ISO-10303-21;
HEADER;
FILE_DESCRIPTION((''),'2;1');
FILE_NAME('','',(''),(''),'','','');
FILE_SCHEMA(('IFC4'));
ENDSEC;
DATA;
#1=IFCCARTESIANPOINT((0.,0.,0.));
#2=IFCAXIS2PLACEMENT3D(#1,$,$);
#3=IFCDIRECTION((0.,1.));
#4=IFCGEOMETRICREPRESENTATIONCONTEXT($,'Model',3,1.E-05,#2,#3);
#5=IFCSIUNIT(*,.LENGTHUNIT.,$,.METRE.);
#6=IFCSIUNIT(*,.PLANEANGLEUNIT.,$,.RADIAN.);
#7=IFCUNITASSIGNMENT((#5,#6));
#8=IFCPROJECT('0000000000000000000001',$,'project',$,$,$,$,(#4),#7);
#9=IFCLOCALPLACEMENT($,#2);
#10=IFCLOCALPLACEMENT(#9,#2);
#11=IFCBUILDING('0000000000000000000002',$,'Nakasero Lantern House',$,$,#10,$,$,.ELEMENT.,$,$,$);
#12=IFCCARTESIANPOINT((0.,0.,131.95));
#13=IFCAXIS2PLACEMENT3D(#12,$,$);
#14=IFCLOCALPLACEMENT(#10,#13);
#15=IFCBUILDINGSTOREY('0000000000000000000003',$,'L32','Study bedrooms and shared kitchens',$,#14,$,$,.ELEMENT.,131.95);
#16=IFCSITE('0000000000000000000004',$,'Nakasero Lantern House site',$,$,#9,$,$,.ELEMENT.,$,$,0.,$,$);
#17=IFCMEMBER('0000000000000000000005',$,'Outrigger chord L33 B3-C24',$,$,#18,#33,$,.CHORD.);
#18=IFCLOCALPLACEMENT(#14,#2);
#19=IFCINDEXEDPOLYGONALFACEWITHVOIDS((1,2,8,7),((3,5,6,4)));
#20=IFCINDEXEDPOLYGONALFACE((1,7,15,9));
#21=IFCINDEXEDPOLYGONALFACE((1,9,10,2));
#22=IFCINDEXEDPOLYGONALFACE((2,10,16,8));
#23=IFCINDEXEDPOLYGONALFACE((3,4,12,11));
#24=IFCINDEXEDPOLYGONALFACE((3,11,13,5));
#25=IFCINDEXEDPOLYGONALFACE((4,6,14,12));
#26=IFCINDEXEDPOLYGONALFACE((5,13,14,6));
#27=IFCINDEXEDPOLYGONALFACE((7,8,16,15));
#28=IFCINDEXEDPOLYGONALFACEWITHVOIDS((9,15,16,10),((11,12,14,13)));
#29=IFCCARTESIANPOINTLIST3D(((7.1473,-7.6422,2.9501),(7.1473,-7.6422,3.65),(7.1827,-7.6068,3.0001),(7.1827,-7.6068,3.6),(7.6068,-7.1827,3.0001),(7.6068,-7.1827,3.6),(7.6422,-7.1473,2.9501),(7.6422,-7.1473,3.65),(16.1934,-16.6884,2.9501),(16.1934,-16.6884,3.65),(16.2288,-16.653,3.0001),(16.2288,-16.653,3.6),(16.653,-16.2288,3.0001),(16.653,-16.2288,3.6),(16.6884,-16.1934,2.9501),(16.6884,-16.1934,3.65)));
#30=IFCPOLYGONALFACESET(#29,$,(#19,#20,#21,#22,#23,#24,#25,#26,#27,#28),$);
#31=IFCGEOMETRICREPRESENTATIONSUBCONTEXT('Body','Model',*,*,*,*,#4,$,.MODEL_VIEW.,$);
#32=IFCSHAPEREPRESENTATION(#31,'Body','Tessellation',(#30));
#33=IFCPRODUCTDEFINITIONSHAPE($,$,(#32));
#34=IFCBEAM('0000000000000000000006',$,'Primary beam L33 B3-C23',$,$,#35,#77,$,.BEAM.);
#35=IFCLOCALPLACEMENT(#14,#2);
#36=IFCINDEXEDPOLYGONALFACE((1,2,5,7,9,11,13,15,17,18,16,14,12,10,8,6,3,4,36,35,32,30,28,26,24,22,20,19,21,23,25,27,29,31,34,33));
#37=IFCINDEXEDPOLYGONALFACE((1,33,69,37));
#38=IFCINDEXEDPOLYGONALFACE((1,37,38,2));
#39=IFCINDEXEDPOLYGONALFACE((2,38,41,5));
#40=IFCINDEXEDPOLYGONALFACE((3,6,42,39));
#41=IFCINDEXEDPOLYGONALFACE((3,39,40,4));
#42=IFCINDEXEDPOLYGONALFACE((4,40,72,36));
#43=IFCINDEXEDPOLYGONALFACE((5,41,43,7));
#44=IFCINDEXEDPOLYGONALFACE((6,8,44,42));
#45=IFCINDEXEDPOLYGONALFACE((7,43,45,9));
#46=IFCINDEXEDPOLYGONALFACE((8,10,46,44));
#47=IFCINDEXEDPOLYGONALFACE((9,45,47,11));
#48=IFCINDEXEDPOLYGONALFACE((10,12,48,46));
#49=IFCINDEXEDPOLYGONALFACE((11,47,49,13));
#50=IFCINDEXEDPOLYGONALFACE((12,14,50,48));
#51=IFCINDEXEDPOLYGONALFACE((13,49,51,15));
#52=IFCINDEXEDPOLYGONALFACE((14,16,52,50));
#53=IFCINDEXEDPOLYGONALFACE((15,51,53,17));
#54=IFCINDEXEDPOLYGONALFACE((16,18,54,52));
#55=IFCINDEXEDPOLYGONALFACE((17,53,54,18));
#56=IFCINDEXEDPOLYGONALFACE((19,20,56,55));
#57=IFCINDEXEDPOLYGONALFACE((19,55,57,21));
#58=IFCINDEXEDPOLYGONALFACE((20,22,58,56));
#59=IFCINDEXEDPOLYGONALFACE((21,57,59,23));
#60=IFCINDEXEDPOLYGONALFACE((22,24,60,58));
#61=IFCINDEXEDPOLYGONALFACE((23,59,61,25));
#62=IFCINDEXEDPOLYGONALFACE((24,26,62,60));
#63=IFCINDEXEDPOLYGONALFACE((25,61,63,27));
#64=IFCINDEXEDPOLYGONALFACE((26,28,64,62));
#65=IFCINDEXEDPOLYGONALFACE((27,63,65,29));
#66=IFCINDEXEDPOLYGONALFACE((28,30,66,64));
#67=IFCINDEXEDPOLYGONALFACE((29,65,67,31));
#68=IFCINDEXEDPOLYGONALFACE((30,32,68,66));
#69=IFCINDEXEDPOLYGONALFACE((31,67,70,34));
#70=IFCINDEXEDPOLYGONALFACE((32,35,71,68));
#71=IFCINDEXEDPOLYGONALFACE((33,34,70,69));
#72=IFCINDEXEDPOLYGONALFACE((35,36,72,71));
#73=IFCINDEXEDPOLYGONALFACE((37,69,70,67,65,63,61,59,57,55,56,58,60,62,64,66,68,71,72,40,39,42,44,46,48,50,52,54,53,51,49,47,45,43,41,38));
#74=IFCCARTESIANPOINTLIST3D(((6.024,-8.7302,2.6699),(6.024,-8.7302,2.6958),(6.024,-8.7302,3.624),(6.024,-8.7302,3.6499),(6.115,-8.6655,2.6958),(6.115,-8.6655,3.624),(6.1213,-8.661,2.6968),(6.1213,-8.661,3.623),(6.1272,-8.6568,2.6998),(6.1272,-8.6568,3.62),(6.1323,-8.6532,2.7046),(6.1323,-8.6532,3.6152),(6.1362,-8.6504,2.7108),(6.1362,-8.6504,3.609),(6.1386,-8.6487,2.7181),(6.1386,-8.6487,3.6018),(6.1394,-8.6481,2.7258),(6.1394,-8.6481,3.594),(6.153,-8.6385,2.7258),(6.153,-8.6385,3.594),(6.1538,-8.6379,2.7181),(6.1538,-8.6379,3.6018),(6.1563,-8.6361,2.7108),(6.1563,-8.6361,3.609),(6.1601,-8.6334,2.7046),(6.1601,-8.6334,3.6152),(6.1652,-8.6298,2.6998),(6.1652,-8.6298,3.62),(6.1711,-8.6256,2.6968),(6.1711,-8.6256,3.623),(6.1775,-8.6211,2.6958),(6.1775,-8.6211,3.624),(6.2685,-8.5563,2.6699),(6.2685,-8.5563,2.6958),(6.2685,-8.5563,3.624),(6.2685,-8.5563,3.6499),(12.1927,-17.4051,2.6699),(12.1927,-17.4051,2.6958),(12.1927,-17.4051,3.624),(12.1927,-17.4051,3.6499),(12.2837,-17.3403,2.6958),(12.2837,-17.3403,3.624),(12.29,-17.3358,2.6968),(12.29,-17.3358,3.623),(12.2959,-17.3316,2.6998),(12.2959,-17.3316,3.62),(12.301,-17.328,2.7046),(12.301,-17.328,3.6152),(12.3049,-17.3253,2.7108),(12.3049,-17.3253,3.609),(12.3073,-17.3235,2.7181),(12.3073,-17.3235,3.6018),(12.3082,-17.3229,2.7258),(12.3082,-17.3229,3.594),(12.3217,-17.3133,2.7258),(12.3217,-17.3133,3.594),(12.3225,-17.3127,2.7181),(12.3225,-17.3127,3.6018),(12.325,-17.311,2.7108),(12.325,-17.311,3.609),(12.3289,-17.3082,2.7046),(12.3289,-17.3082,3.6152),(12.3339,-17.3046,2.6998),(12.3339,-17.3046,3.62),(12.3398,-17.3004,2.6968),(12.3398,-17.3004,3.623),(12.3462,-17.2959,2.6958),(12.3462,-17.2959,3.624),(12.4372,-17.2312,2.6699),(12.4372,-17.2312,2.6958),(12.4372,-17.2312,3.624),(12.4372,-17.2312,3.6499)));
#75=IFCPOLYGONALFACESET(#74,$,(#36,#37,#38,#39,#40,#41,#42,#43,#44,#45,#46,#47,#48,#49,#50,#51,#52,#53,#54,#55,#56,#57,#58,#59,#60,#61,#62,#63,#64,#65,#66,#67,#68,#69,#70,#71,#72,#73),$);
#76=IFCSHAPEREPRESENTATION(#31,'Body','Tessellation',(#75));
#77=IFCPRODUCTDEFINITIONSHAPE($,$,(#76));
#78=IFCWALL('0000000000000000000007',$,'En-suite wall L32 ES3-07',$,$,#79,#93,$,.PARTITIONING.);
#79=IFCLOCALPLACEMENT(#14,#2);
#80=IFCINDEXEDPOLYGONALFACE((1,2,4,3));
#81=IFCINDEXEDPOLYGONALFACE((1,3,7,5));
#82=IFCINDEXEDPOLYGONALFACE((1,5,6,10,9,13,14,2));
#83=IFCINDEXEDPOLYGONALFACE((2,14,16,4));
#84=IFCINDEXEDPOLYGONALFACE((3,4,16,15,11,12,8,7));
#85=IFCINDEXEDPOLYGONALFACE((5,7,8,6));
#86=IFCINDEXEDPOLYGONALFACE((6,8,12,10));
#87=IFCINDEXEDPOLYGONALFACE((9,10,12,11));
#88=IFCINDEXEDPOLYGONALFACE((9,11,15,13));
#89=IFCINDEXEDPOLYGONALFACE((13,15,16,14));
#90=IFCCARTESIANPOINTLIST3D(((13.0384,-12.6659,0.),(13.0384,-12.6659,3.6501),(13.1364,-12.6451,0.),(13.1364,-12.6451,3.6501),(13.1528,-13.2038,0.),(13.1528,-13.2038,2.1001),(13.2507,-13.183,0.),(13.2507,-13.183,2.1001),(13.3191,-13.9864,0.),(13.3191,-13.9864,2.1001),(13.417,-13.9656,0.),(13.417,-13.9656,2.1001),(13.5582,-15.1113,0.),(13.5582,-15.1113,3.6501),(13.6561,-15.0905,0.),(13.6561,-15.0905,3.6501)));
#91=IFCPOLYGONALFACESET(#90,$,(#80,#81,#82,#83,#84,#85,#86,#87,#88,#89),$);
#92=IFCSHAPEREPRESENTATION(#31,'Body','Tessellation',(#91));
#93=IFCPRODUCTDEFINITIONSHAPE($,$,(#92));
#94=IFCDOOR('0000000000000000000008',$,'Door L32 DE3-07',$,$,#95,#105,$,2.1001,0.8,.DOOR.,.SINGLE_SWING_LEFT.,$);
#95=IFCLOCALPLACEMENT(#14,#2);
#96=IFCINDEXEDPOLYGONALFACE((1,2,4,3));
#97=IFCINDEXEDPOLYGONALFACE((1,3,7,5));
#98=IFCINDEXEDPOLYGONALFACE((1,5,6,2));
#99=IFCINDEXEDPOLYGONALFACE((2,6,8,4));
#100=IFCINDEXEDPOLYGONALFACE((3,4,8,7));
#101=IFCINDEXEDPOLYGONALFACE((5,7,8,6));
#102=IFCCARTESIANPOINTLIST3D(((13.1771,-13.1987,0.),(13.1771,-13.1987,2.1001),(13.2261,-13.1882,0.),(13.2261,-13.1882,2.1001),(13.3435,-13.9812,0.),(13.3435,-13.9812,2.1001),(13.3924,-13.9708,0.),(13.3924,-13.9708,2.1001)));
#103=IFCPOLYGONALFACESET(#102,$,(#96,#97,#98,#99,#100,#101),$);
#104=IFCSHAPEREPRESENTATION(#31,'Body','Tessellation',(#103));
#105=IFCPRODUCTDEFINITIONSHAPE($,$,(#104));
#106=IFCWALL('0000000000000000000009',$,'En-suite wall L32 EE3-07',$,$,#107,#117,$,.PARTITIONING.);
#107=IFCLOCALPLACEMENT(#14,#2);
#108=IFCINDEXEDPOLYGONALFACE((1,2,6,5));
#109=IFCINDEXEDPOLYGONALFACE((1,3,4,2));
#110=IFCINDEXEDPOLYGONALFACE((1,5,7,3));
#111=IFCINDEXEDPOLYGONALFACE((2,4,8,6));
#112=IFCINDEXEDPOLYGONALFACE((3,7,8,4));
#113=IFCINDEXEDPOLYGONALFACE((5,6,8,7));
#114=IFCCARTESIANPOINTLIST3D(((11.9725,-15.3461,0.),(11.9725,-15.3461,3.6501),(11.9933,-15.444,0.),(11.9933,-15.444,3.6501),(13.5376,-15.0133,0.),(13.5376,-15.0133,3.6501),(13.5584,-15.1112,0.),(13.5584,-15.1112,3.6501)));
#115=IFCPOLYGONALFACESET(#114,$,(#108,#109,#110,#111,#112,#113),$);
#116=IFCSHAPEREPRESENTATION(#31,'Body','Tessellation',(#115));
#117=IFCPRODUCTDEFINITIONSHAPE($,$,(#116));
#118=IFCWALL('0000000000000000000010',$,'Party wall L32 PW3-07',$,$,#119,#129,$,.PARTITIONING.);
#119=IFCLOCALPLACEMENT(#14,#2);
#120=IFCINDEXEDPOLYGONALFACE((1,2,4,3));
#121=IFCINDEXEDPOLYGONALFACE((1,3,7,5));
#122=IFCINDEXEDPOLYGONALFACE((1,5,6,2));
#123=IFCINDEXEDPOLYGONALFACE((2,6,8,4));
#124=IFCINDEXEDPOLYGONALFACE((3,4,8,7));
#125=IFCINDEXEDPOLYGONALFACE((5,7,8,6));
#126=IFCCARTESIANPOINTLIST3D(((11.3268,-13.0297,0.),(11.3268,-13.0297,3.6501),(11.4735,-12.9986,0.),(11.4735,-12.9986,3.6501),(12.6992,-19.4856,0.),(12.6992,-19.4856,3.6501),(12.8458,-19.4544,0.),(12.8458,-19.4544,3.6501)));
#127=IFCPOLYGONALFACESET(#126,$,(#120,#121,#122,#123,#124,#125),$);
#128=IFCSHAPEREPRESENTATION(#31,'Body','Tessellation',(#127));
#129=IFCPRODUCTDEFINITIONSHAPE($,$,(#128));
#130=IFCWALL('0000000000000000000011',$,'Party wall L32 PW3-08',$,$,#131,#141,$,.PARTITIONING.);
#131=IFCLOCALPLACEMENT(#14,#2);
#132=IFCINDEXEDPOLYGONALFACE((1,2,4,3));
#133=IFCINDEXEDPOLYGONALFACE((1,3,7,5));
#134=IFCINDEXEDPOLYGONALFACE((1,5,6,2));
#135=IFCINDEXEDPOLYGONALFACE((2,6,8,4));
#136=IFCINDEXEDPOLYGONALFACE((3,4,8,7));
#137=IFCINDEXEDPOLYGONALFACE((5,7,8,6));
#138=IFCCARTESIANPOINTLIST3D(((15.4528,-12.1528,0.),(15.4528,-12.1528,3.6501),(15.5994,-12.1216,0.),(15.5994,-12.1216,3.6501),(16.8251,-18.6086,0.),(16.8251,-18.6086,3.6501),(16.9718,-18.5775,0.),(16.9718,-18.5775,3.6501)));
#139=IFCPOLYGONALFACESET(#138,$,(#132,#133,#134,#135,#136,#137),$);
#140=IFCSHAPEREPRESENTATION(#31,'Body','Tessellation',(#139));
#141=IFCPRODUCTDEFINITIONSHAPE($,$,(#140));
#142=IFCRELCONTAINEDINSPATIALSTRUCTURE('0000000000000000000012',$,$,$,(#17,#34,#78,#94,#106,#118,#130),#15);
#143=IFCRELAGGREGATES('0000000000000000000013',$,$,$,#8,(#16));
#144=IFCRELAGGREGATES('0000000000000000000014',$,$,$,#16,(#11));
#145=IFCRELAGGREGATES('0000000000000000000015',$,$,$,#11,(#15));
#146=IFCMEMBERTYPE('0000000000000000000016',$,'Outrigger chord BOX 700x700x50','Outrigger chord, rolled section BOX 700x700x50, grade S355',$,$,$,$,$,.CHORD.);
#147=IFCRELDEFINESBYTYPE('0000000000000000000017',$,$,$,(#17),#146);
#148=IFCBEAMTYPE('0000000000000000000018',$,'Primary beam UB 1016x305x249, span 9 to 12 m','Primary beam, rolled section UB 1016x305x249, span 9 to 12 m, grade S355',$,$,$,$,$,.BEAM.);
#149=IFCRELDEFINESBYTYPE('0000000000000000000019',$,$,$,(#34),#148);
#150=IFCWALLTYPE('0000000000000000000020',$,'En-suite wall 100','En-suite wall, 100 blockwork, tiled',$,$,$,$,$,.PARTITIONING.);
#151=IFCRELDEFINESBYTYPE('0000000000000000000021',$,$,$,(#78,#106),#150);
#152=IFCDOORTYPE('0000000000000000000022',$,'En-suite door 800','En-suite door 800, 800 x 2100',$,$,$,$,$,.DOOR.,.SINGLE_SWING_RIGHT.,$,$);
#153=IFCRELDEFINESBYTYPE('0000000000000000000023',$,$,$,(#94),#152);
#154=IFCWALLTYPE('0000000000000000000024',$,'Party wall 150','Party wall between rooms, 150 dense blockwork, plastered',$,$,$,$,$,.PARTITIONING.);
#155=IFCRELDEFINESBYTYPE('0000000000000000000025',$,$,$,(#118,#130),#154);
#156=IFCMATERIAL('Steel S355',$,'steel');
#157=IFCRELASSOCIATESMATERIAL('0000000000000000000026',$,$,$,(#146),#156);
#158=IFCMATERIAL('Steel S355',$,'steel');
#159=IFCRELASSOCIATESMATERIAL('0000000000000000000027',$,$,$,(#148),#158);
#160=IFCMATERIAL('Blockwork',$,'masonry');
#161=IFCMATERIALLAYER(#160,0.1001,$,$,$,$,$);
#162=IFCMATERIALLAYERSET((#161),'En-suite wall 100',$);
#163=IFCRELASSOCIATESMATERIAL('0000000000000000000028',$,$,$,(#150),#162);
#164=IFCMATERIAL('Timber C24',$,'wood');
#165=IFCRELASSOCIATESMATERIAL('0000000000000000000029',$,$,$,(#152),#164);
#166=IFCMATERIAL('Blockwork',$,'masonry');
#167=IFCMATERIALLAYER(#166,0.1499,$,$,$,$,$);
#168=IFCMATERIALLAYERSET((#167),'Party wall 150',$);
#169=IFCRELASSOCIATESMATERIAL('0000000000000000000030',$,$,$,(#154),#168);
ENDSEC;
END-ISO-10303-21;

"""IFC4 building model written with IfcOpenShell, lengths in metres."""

from ifc_helpers import new_model, si_unit, direction, frame, frame_2d, origin, origin_2d, place, context, subcontext, project, spatial, rectangle, hollow_rectangle, i_section, extrude, material, layer, layer_set, material_profile, profile_set, type_object, element, fill, save


model = new_model("IFC4")

# Units and contexts
model_context = context("Model", 3, precision=1e-05, world=origin(), true_north=direction((0.0, 1.0)))
body_context = subcontext(model_context, "Body", "Model", "MODEL_VIEW")
ifc_project = project(units=[si_unit("LENGTHUNIT", "METRE"), si_unit("PLANEANGLEUNIT", "RADIAN")], contexts=[model_context])

# Site, building, storey
site_placement = place(None, origin())
site = spatial("IfcSite", under=ifc_project, at=site_placement, Name="Nakasero Lantern House site", CompositionType="ELEMENT", RefElevation=0.0)
building_placement = place(site_placement, origin())
building = spatial("IfcBuilding", under=site, at=building_placement, Name="Nakasero Lantern House", CompositionType="ELEMENT")
storey_placement = place(building_placement, frame((0.0, 0.0, 131.95)))
storey = spatial("IfcBuildingStorey", under=building, at=storey_placement, Name="L32", Description="Study bedrooms and shared kitchens", CompositionType="ELEMENT", Elevation=131.95)

# Member
ifc_material_1 = material(Name="Steel S355", Category="steel")
ifc_material_profile_1 = material_profile(ifc_material_1, hollow_rectangle(XDim=0.7, YDim=0.7, WallThickness=0.05, at=origin_2d()), Name="BOX 700x700x50")
ifc_profile_set_1 = profile_set([ifc_material_profile_1], Name="Steel S355")
member_type_1 = type_object("IfcMemberType", Name="Outrigger chord BOX 700x700x50", Description="Outrigger chord, rolled section BOX 700x700x50, grade S355", PredefinedType="CHORD", material=ifc_profile_set_1)
member_1_placement = place(storey_placement, frame((16.4409, -16.4409, 3.3), z_axis=(-0.707107, 0.707107, 0.0), x_axis=(-0.707107, -0.707107, 0.0)))
element("IfcMember", 1, at=member_1_placement, inside=storey, type_object=member_type_1, Name="Outrigger chord L33 B3-C24", PredefinedType="CHORD", context=body_context, shape_type="SweptSolid", body=[
    extrude(hollow_rectangle(XDim=0.7, YDim=0.7, WallThickness=0.05, at=origin_2d()), origin(), (0.0, 0.0, 1.0), 12.7932),
])

# Beam
ifc_material_2 = material(Name="Steel S355", Category="steel")
ifc_material_profile_2 = material_profile(ifc_material_2, i_section(OverallWidth=0.3, OverallDepth=0.98, WebThickness=0.0166, FlangeThickness=0.0259, FilletRadius=0.03, at=origin_2d()), Name="UB 1016x305x249")
ifc_profile_set_2 = profile_set([ifc_material_profile_2], Name="Steel S355")
beam_type_1 = type_object("IfcBeamType", Name="Primary beam UB 1016x305x249, span 9 to 12 m", Description="Primary beam, rolled section UB 1016x305x249, span 9 to 12 m, grade S355", PredefinedType="BEAM", material=ifc_profile_set_2)
beam_1_placement = place(storey_placement, frame((12.3149, -17.3181, 3.1599), z_axis=(-0.579521, 0.814957, 0.0), x_axis=(-0.814957, -0.579521, 0.0)))
element("IfcBeam", 2, at=beam_1_placement, inside=storey, type_object=beam_type_1, Name="Primary beam L33 B3-C23", PredefinedType="BEAM", context=body_context, shape_type="SweptSolid", body=[
    extrude(i_section(OverallWidth=0.3, OverallDepth=0.98, WebThickness=0.0166, FlangeThickness=0.0259, FilletRadius=0.03, at=origin_2d()), origin(), (0.0, 0.0, 1.0), 10.6445),
])

# Wall, opening, door
ifc_material_3 = material(Name="Blockwork", Category="masonry")
ifc_layer_1 = layer(ifc_material_3, 0.1001)
ifc_layer_set_1 = layer_set([ifc_layer_1], Name="En-suite wall 100")
wall_type_1 = type_object("IfcWallType", Name="En-suite wall 100", Description="En-suite wall, 100 blockwork, tiled", PredefinedType="PARTITIONING", material=ifc_layer_set_1)
wall_1_placement = place(storey_placement, frame((13.0874, -12.6555, 0.0), z_axis=(0.0, 0.0, 1.0), x_axis=(0.207915, -0.978147, 0.0)))
wall_1 = element("IfcWall", 3, at=wall_1_placement, inside=storey, type_object=wall_type_1, Name="En-suite wall L32 ES3-07", PredefinedType="PARTITIONING", context=body_context, shape_type="SweptSolid", body=[
    extrude(rectangle(XDim=2.5, YDim=0.1001, at=frame_2d((1.25, 0.0))), origin(), (0.0, 0.0, 1.0), 3.6501),
])
opening_placement = place(wall_1_placement, frame((0.55, 0.0, 0.0)))
opening = element("IfcOpeningElement", 4, at=opening_placement, cuts=wall_1, PredefinedType="OPENING", context=body_context, shape_type="SweptSolid", body=[
    extrude(rectangle(XDim=0.8, YDim=2.1001, at=frame_2d((0.3999, 1.05))), frame((0.0, 0.0701, 0.0), z_axis=(0.0, -1.0, 0.0), x_axis=(1.0, 0.0, 0.0)), (0.0, 0.0, 1.0), 0.1401),
])
ifc_material_4 = material(Name="Timber C24", Category="wood")
door_type = type_object("IfcDoorType", Name="En-suite door 800", Description="En-suite door 800, 800 x 2100", OperationType="SINGLE_SWING_RIGHT", PredefinedType="DOOR", material=ifc_material_4)
door_placement = place(opening_placement, origin())
door = element("IfcDoor", 5, at=door_placement, inside=storey, type_object=door_type, Name="Door L32 DE3-07", OperationType="SINGLE_SWING_LEFT", OverallHeight=2.1001, OverallWidth=0.8, PredefinedType="DOOR", context=body_context, shape_type="SweptSolid", body=[
    extrude(rectangle(XDim=0.8, YDim=2.1001, at=frame_2d((0.3999, 1.05))), frame((0.0, 0.0249, 0.0), z_axis=(0.0, -1.0, 0.0), x_axis=(1.0, 0.0, 0.0)), (0.0, 0.0, 1.0), 0.05),
])
fill(opening, door)

# Walls
wall_2_placement = place(storey_placement, frame((11.9829, -15.395, 0.0), z_axis=(0.0, 0.0, 1.0), x_axis=(0.978138, 0.207955, 0.0)))
element("IfcWall", 6, at=wall_2_placement, inside=storey, type_object=wall_type_1, Name="En-suite wall L32 EE3-07", PredefinedType="PARTITIONING", context=body_context, shape_type="SweptSolid", body=[
    extrude(rectangle(XDim=1.6001, YDim=0.1001, at=frame_2d((0.8, 0.0))), origin(), (0.0, 0.0, 1.0), 3.6501),
])
ifc_material_5 = material(Name="Blockwork", Category="masonry")
ifc_layer_2 = layer(ifc_material_5, 0.1499)
ifc_layer_set_2 = layer_set([ifc_layer_2], Name="Party wall 150")
wall_type_2 = type_object("IfcWallType", Name="Party wall 150", Description="Party wall between rooms, 150 dense blockwork, plastered", PredefinedType="PARTITIONING", material=ifc_layer_set_2)
for number, where, z_axis, x_axis, name in (
    (7, (11.4001, -13.0142, 0.0), (0.0, 0.0, 1.0), (0.207925, -0.978145, 0.0), "Party wall L32 PW3-07"),
    (8, (15.5261, -12.1372, 0.0), (0.0, 0.0, 1.0), (0.207925, -0.978145, 0.0), "Party wall L32 PW3-08"),
):
    element("IfcWall", number, at=place(storey_placement, frame(where, z_axis=z_axis, x_axis=x_axis)), inside=storey, type_object=wall_type_2, Name=name, PredefinedType="PARTITIONING", context=body_context, shape_type="SweptSolid", body=[
        extrude(rectangle(XDim=6.6001, YDim=0.1499, at=frame_2d((3.3, 0.0))), origin(), (0.0, 0.0, 1.0), 3.6501),
    ])

save(model, "model.ifc")
